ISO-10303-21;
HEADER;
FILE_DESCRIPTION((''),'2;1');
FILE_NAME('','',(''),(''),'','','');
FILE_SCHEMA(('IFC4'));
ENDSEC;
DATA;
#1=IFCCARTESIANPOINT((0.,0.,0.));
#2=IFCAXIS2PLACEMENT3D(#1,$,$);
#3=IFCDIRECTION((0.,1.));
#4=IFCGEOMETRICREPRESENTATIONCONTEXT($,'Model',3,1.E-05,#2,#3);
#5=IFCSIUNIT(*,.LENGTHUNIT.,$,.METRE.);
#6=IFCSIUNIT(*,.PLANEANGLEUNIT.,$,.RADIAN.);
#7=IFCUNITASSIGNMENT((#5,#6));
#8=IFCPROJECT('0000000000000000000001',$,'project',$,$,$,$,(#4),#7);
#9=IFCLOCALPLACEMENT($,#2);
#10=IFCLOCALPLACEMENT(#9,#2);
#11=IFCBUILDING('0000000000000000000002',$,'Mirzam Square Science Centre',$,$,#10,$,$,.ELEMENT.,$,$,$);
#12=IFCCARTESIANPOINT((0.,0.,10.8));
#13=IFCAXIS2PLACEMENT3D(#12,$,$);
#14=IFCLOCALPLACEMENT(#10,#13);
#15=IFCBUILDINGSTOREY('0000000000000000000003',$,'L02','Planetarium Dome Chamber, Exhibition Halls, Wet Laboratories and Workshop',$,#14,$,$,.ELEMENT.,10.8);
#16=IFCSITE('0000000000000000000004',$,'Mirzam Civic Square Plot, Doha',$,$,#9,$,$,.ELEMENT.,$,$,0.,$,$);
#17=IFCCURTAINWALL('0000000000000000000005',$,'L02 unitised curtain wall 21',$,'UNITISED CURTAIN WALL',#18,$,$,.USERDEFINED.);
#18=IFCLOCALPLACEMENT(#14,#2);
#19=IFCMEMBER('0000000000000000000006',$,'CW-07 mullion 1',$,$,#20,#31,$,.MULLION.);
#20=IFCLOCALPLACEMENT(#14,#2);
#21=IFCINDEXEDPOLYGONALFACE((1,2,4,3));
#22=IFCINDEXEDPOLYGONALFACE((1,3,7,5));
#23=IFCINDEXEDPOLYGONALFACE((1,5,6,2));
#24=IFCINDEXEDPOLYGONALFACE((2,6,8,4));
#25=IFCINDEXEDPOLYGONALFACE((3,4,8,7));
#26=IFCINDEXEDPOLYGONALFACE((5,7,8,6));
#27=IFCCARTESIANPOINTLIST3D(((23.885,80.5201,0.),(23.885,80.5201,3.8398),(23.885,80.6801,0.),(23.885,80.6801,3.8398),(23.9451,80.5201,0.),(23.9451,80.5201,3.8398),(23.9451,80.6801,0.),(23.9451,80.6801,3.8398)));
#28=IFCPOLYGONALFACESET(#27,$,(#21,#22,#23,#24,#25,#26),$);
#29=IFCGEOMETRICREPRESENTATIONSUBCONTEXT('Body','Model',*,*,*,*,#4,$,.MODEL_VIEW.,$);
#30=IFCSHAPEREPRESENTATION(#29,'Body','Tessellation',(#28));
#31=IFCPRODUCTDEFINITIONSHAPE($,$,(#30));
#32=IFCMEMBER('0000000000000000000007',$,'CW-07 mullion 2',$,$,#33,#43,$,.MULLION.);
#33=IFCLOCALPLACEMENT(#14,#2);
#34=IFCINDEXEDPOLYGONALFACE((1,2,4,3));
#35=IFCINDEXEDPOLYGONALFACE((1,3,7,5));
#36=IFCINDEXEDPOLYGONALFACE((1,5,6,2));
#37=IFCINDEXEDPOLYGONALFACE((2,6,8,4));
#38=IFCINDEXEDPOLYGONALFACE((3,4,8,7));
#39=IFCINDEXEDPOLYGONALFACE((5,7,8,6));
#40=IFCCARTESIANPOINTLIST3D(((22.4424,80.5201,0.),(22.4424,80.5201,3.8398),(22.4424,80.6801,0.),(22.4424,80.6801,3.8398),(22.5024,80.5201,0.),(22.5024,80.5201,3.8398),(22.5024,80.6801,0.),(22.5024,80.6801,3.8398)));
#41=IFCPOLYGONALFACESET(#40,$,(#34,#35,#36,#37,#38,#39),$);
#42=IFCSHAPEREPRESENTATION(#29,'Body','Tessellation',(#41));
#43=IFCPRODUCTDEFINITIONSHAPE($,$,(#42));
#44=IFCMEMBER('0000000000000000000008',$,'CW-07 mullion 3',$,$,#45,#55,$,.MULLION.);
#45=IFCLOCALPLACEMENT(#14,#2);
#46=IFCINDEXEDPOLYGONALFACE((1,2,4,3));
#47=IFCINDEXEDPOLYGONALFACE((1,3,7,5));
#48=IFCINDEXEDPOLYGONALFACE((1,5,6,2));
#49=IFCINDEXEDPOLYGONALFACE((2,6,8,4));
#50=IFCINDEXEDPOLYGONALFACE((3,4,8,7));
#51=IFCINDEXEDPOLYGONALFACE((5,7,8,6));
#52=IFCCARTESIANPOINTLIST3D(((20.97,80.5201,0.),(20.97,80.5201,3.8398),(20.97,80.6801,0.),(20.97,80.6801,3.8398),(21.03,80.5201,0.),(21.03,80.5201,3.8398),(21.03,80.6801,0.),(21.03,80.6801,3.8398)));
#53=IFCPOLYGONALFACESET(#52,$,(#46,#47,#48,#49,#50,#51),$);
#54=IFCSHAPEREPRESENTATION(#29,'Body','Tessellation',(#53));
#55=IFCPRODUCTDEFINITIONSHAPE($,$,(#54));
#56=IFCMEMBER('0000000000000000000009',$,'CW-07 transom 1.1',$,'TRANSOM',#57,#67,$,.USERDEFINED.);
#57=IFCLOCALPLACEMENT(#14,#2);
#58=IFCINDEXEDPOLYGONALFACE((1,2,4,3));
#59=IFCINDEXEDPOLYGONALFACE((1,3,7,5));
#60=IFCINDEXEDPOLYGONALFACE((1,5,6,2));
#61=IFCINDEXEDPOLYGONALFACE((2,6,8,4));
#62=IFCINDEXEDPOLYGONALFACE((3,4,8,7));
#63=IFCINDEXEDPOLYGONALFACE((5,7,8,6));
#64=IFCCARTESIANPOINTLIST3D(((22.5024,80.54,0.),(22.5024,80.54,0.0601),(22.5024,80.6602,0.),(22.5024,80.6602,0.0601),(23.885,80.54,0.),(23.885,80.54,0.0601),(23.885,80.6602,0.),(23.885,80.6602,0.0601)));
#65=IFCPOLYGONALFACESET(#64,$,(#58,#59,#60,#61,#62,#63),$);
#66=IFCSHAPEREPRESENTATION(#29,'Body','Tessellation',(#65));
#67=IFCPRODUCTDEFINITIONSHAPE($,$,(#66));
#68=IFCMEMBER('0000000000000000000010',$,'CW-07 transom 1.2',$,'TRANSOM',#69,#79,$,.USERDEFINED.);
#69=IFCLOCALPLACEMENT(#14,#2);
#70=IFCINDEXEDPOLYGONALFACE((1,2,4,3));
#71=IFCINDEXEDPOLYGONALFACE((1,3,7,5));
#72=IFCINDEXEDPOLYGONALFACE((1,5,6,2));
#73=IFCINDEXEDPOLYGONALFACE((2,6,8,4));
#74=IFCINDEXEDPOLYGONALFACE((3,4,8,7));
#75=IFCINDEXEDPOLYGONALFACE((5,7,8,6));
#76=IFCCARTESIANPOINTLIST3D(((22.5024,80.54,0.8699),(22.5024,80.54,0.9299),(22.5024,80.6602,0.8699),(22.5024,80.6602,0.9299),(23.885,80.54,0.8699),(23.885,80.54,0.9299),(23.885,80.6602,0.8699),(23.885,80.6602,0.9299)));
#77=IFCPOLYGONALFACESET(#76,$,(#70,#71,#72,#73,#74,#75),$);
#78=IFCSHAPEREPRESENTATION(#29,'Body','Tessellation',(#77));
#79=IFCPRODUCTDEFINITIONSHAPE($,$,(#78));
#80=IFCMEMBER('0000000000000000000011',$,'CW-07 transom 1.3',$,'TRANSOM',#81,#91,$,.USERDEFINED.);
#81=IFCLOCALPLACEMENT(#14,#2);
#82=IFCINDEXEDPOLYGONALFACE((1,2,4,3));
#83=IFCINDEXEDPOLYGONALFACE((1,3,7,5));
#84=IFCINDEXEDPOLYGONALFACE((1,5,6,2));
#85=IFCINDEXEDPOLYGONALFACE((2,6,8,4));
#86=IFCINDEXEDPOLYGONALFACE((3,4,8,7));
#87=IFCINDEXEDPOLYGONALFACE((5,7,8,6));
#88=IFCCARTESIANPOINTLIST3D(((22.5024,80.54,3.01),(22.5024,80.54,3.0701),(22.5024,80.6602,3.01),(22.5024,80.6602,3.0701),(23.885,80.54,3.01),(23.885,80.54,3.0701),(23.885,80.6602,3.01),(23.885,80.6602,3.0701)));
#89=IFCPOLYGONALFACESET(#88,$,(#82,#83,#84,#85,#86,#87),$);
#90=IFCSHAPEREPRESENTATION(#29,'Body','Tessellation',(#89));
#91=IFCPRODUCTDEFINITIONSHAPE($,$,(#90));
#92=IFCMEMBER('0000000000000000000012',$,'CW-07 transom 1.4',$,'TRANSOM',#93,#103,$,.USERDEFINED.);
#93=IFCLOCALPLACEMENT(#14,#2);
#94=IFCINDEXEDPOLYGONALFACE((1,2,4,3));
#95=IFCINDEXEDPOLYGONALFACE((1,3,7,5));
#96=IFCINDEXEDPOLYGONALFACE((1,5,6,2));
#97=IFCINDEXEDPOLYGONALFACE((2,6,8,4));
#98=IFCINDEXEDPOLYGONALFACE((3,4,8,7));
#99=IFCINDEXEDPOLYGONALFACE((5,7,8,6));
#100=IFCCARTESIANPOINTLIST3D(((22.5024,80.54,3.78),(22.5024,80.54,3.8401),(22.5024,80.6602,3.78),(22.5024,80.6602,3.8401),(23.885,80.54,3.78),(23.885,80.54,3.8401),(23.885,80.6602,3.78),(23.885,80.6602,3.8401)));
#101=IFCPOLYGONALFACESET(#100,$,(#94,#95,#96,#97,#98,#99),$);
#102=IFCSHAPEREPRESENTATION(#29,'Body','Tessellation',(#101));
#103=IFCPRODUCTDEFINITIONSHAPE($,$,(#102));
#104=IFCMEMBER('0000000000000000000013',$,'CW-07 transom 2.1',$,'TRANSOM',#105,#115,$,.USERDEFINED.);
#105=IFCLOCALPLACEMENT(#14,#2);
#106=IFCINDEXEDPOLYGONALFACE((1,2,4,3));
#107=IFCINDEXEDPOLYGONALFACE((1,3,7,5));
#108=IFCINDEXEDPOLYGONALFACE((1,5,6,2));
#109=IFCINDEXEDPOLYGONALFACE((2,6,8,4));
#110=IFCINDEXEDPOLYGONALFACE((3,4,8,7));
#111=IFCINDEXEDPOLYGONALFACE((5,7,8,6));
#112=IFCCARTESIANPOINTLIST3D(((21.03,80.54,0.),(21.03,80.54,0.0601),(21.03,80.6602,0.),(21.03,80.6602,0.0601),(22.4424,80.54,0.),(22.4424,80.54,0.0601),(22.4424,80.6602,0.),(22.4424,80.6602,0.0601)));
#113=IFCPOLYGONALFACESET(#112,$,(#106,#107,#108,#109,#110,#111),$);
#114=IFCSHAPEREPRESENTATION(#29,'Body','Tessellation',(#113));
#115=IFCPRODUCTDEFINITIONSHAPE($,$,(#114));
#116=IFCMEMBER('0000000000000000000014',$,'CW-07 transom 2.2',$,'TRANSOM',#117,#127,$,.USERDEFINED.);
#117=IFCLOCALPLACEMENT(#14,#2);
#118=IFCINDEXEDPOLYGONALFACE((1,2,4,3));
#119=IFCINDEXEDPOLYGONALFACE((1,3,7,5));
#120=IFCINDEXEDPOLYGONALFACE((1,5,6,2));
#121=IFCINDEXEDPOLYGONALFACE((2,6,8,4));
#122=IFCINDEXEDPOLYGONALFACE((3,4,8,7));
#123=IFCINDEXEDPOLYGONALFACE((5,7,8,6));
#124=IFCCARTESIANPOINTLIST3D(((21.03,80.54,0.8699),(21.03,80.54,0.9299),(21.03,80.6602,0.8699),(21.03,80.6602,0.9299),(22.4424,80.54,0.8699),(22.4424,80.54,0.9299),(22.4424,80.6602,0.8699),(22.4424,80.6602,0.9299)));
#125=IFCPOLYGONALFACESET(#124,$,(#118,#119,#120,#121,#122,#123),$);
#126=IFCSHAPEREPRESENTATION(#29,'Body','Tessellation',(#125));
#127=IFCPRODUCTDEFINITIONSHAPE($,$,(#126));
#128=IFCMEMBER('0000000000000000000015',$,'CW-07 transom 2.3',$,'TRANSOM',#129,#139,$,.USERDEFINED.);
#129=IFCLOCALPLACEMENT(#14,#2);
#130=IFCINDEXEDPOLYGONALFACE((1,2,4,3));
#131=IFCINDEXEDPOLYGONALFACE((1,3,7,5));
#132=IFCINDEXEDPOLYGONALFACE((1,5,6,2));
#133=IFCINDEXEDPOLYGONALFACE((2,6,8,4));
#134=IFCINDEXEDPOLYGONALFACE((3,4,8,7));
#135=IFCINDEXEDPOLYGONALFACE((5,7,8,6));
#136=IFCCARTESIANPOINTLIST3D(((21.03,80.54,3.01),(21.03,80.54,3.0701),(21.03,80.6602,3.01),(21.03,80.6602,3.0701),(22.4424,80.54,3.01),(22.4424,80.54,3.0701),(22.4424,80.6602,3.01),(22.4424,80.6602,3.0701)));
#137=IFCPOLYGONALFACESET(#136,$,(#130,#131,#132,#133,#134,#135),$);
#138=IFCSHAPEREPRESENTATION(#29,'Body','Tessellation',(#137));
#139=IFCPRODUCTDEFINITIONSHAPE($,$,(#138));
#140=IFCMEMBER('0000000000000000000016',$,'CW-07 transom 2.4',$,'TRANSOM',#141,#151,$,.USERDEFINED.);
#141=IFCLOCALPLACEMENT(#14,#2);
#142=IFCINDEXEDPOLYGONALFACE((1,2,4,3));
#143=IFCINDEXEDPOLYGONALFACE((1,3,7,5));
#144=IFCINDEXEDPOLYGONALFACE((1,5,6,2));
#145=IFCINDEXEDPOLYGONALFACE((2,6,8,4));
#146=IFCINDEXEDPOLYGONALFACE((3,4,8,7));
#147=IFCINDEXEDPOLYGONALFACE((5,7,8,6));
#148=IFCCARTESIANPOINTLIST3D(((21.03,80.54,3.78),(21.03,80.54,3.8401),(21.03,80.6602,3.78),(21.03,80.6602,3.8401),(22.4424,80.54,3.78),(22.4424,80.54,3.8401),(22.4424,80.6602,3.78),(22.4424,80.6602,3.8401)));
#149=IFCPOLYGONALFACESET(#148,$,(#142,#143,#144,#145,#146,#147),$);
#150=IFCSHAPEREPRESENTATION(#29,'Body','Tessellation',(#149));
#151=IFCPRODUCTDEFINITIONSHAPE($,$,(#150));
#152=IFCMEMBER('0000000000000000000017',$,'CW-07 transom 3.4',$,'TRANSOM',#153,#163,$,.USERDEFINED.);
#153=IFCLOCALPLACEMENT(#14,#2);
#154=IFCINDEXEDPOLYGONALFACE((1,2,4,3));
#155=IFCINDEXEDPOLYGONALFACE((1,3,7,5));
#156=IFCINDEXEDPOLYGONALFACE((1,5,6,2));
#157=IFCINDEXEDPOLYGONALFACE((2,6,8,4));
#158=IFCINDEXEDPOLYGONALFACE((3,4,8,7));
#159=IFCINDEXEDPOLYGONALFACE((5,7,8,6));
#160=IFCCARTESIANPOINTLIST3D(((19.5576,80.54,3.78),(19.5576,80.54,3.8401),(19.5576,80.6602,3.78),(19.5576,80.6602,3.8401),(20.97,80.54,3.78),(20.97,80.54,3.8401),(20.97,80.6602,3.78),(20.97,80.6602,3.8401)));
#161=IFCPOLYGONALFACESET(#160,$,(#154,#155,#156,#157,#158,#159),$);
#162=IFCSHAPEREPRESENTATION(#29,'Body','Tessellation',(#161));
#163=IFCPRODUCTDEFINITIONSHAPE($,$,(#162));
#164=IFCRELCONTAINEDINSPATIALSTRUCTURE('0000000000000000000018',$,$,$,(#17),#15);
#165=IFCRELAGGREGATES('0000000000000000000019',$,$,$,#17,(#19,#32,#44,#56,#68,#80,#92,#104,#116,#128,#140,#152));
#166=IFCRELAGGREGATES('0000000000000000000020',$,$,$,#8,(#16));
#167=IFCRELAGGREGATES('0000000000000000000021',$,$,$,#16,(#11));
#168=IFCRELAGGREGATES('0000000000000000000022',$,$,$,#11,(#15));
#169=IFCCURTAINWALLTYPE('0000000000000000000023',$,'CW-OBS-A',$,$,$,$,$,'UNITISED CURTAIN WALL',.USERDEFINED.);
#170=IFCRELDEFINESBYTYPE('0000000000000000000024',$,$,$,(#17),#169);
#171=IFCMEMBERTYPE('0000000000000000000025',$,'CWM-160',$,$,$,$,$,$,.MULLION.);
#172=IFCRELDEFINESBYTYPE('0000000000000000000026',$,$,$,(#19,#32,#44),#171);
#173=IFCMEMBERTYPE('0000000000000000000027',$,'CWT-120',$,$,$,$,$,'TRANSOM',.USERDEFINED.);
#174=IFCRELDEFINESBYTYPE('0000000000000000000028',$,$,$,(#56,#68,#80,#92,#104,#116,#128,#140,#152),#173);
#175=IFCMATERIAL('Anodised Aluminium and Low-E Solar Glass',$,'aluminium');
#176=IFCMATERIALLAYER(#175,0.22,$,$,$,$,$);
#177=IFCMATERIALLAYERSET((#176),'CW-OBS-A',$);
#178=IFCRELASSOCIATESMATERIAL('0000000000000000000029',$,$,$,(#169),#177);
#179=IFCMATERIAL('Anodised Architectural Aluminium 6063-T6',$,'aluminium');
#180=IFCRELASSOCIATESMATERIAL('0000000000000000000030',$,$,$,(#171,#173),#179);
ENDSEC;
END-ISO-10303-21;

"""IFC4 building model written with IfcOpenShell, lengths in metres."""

from ifc_helpers import new_model, si_unit, direction, frame, origin, origin_2d, place, context, subcontext, project, spatial, rectangle, extrude, material, layer, layer_set, material_profile, profile_set, type_object, element, aggregate, save


model = new_model("IFC4")

# Units and contexts
model_context = context("Model", 3, precision=1e-05, world=origin(), true_north=direction((0.0, 1.0)))
body_context = subcontext(model_context, "Body", "Model", "MODEL_VIEW")
ifc_project = project(units=[si_unit("LENGTHUNIT", "METRE"), si_unit("PLANEANGLEUNIT", "RADIAN")], contexts=[model_context])

# Site, building, storey
site_placement = place(None, origin())
site = spatial("IfcSite", under=ifc_project, at=site_placement, Name="Mirzam Civic Square Plot, Doha", CompositionType="ELEMENT", RefElevation=0.0)
building_placement = place(site_placement, origin())
building = spatial("IfcBuilding", under=site, at=building_placement, Name="Mirzam Square Science Centre", CompositionType="ELEMENT")
storey_placement = place(building_placement, frame((0.0, 0.0, 10.8)))
storey = spatial("IfcBuildingStorey", under=building, at=storey_placement, Name="L02", Description="Planetarium Dome Chamber, Exhibition Halls, Wet Laboratories and Workshop", CompositionType="ELEMENT", Elevation=10.8)

# Curtain wall, members
ifc_material_1 = material(Name="Anodised Aluminium and Low-E Solar Glass", Category="aluminium")
ifc_layer_1 = layer(ifc_material_1, 0.22)
ifc_layer_set_1 = layer_set([ifc_layer_1], Name="CW-OBS-A")
curtain_wall_type = type_object("IfcCurtainWallType", Name="CW-OBS-A", ElementType="UNITISED CURTAIN WALL", PredefinedType="USERDEFINED", material=ifc_layer_set_1)
curtain_wall_placement = place(storey_placement, origin())
curtain_wall = element("IfcCurtainWall", 1, at=curtain_wall_placement, inside=storey, type_object=curtain_wall_type, Name="L02 unitised curtain wall 21", ObjectType="UNITISED CURTAIN WALL", PredefinedType="USERDEFINED")
ifc_material_2 = material(Name="Anodised Architectural Aluminium 6063-T6", Category="aluminium")
ifc_material_profile_1 = material_profile(ifc_material_2, rectangle(XDim=0.0601, YDim=0.1599, at=origin_2d()), Name="ALU-MULL-160x60x4")
ifc_profile_set_1 = profile_set([ifc_material_profile_1], Name="Anodised Architectural Aluminium 6063-T6")
member_type_1 = type_object("IfcMemberType", Name="CWM-160", PredefinedType="MULLION", material=ifc_profile_set_1)
member_1_placement = place(storey_placement, frame((23.915, 80.6001, 0.0), z_axis=(0.0, 0.0, 1.0), x_axis=(-1.0, 0.0, 0.0)))
member_1 = element("IfcMember", 2, at=member_1_placement, type_object=member_type_1, Name="CW-07 mullion 1", PredefinedType="MULLION", context=body_context, shape_type="SweptSolid", body=[
    extrude(rectangle(XDim=0.0601, YDim=0.1599, at=origin_2d()), origin(), (0.0, 0.0, 1.0), 3.8398),
])
member_2_placement = place(storey_placement, frame((22.4724, 80.6001, 0.0), z_axis=(0.0, 0.0, 1.0), x_axis=(-1.0, 0.0, 0.0)))
member_2 = element("IfcMember", 3, at=member_2_placement, type_object=member_type_1, Name="CW-07 mullion 2", PredefinedType="MULLION", context=body_context, shape_type="SweptSolid", body=[
    extrude(rectangle(XDim=0.0601, YDim=0.1599, at=origin_2d()), origin(), (0.0, 0.0, 1.0), 3.8398),
])
member_3_placement = place(storey_placement, frame((21.0, 80.6001, 0.0), z_axis=(0.0, 0.0, 1.0), x_axis=(-1.0, 0.0, 0.0)))
member_3 = element("IfcMember", 4, at=member_3_placement, type_object=member_type_1, Name="CW-07 mullion 3", PredefinedType="MULLION", context=body_context, shape_type="SweptSolid", body=[
    extrude(rectangle(XDim=0.0601, YDim=0.1599, at=origin_2d()), origin(), (0.0, 0.0, 1.0), 3.8398),
])
ifc_material_profile_2 = material_profile(ifc_material_2, rectangle(XDim=0.1201, YDim=0.0601, at=origin_2d()), Name="ALU-TRAN-120x60x4")
ifc_profile_set_2 = profile_set([ifc_material_profile_2], Name="Anodised Architectural Aluminium 6063-T6")
member_type_2 = type_object("IfcMemberType", Name="CWT-120", ElementType="TRANSOM", PredefinedType="USERDEFINED", material=ifc_profile_set_2)
member_4_placement = place(storey_placement, frame((23.885, 80.6001, 0.03), z_axis=(-1.0, 0.0, 0.0), x_axis=(0.0, -1.0, 0.0)))
member_4 = element("IfcMember", 5, at=member_4_placement, type_object=member_type_2, Name="CW-07 transom 1.1", ObjectType="TRANSOM", PredefinedType="USERDEFINED", context=body_context, shape_type="SweptSolid", body=[
    extrude(rectangle(XDim=0.1201, YDim=0.0601, at=origin_2d()), origin(), (0.0, 0.0, 1.0), 1.3826),
])
member_5_placement = place(storey_placement, frame((23.885, 80.6001, 0.8999), z_axis=(-1.0, 0.0, 0.0), x_axis=(0.0, -1.0, 0.0)))
member_5 = element("IfcMember", 6, at=member_5_placement, type_object=member_type_2, Name="CW-07 transom 1.2", ObjectType="TRANSOM", PredefinedType="USERDEFINED", context=body_context, shape_type="SweptSolid", body=[
    extrude(rectangle(XDim=0.1201, YDim=0.0601, at=origin_2d()), origin(), (0.0, 0.0, 1.0), 1.3826),
])
member_6_placement = place(storey_placement, frame((23.885, 80.6001, 3.04), z_axis=(-1.0, 0.0, 0.0), x_axis=(0.0, -1.0, 0.0)))
member_6 = element("IfcMember", 7, at=member_6_placement, type_object=member_type_2, Name="CW-07 transom 1.3", ObjectType="TRANSOM", PredefinedType="USERDEFINED", context=body_context, shape_type="SweptSolid", body=[
    extrude(rectangle(XDim=0.1201, YDim=0.0601, at=origin_2d()), origin(), (0.0, 0.0, 1.0), 1.3826),
])
member_7_placement = place(storey_placement, frame((23.885, 80.6001, 3.8101), z_axis=(-1.0, 0.0, 0.0), x_axis=(0.0, -1.0, 0.0)))
member_7 = element("IfcMember", 8, at=member_7_placement, type_object=member_type_2, Name="CW-07 transom 1.4", ObjectType="TRANSOM", PredefinedType="USERDEFINED", context=body_context, shape_type="SweptSolid", body=[
    extrude(rectangle(XDim=0.1201, YDim=0.0601, at=origin_2d()), origin(), (0.0, 0.0, 1.0), 1.3826),
])
member_8_placement = place(storey_placement, frame((22.4424, 80.6001, 0.03), z_axis=(-1.0, 0.0, 0.0), x_axis=(0.0, -1.0, 0.0)))
member_8 = element("IfcMember", 9, at=member_8_placement, type_object=member_type_2, Name="CW-07 transom 2.1", ObjectType="TRANSOM", PredefinedType="USERDEFINED", context=body_context, shape_type="SweptSolid", body=[
    extrude(rectangle(XDim=0.1201, YDim=0.0601, at=origin_2d()), origin(), (0.0, 0.0, 1.0), 1.4124),
])
member_9_placement = place(storey_placement, frame((22.4424, 80.6001, 0.8999), z_axis=(-1.0, 0.0, 0.0), x_axis=(0.0, -1.0, 0.0)))
member_9 = element("IfcMember", 10, at=member_9_placement, type_object=member_type_2, Name="CW-07 transom 2.2", ObjectType="TRANSOM", PredefinedType="USERDEFINED", context=body_context, shape_type="SweptSolid", body=[
    extrude(rectangle(XDim=0.1201, YDim=0.0601, at=origin_2d()), origin(), (0.0, 0.0, 1.0), 1.4124),
])
member_10_placement = place(storey_placement, frame((22.4424, 80.6001, 3.04), z_axis=(-1.0, 0.0, 0.0), x_axis=(0.0, -1.0, 0.0)))
member_10 = element("IfcMember", 11, at=member_10_placement, type_object=member_type_2, Name="CW-07 transom 2.3", ObjectType="TRANSOM", PredefinedType="USERDEFINED", context=body_context, shape_type="SweptSolid", body=[
    extrude(rectangle(XDim=0.1201, YDim=0.0601, at=origin_2d()), origin(), (0.0, 0.0, 1.0), 1.4124),
])
member_11_placement = place(storey_placement, frame((22.4424, 80.6001, 3.8101), z_axis=(-1.0, 0.0, 0.0), x_axis=(0.0, -1.0, 0.0)))
member_11 = element("IfcMember", 12, at=member_11_placement, type_object=member_type_2, Name="CW-07 transom 2.4", ObjectType="TRANSOM", PredefinedType="USERDEFINED", context=body_context, shape_type="SweptSolid", body=[
    extrude(rectangle(XDim=0.1201, YDim=0.0601, at=origin_2d()), origin(), (0.0, 0.0, 1.0), 1.4124),
])
member_12_placement = place(storey_placement, frame((20.97, 80.6001, 3.8101), z_axis=(-1.0, 0.0, 0.0), x_axis=(0.0, -1.0, 0.0)))
member_12 = element("IfcMember", 13, at=member_12_placement, type_object=member_type_2, Name="CW-07 transom 3.4", ObjectType="TRANSOM", PredefinedType="USERDEFINED", context=body_context, shape_type="SweptSolid", body=[
    extrude(rectangle(XDim=0.1201, YDim=0.0601, at=origin_2d()), origin(), (0.0, 0.0, 1.0), 1.4124),
])

aggregate(curtain_wall, [member_1, member_2, member_3, member_4, member_5, member_6, member_7, member_8, member_9, member_10, member_11, member_12])

save(model, "model.ifc")
